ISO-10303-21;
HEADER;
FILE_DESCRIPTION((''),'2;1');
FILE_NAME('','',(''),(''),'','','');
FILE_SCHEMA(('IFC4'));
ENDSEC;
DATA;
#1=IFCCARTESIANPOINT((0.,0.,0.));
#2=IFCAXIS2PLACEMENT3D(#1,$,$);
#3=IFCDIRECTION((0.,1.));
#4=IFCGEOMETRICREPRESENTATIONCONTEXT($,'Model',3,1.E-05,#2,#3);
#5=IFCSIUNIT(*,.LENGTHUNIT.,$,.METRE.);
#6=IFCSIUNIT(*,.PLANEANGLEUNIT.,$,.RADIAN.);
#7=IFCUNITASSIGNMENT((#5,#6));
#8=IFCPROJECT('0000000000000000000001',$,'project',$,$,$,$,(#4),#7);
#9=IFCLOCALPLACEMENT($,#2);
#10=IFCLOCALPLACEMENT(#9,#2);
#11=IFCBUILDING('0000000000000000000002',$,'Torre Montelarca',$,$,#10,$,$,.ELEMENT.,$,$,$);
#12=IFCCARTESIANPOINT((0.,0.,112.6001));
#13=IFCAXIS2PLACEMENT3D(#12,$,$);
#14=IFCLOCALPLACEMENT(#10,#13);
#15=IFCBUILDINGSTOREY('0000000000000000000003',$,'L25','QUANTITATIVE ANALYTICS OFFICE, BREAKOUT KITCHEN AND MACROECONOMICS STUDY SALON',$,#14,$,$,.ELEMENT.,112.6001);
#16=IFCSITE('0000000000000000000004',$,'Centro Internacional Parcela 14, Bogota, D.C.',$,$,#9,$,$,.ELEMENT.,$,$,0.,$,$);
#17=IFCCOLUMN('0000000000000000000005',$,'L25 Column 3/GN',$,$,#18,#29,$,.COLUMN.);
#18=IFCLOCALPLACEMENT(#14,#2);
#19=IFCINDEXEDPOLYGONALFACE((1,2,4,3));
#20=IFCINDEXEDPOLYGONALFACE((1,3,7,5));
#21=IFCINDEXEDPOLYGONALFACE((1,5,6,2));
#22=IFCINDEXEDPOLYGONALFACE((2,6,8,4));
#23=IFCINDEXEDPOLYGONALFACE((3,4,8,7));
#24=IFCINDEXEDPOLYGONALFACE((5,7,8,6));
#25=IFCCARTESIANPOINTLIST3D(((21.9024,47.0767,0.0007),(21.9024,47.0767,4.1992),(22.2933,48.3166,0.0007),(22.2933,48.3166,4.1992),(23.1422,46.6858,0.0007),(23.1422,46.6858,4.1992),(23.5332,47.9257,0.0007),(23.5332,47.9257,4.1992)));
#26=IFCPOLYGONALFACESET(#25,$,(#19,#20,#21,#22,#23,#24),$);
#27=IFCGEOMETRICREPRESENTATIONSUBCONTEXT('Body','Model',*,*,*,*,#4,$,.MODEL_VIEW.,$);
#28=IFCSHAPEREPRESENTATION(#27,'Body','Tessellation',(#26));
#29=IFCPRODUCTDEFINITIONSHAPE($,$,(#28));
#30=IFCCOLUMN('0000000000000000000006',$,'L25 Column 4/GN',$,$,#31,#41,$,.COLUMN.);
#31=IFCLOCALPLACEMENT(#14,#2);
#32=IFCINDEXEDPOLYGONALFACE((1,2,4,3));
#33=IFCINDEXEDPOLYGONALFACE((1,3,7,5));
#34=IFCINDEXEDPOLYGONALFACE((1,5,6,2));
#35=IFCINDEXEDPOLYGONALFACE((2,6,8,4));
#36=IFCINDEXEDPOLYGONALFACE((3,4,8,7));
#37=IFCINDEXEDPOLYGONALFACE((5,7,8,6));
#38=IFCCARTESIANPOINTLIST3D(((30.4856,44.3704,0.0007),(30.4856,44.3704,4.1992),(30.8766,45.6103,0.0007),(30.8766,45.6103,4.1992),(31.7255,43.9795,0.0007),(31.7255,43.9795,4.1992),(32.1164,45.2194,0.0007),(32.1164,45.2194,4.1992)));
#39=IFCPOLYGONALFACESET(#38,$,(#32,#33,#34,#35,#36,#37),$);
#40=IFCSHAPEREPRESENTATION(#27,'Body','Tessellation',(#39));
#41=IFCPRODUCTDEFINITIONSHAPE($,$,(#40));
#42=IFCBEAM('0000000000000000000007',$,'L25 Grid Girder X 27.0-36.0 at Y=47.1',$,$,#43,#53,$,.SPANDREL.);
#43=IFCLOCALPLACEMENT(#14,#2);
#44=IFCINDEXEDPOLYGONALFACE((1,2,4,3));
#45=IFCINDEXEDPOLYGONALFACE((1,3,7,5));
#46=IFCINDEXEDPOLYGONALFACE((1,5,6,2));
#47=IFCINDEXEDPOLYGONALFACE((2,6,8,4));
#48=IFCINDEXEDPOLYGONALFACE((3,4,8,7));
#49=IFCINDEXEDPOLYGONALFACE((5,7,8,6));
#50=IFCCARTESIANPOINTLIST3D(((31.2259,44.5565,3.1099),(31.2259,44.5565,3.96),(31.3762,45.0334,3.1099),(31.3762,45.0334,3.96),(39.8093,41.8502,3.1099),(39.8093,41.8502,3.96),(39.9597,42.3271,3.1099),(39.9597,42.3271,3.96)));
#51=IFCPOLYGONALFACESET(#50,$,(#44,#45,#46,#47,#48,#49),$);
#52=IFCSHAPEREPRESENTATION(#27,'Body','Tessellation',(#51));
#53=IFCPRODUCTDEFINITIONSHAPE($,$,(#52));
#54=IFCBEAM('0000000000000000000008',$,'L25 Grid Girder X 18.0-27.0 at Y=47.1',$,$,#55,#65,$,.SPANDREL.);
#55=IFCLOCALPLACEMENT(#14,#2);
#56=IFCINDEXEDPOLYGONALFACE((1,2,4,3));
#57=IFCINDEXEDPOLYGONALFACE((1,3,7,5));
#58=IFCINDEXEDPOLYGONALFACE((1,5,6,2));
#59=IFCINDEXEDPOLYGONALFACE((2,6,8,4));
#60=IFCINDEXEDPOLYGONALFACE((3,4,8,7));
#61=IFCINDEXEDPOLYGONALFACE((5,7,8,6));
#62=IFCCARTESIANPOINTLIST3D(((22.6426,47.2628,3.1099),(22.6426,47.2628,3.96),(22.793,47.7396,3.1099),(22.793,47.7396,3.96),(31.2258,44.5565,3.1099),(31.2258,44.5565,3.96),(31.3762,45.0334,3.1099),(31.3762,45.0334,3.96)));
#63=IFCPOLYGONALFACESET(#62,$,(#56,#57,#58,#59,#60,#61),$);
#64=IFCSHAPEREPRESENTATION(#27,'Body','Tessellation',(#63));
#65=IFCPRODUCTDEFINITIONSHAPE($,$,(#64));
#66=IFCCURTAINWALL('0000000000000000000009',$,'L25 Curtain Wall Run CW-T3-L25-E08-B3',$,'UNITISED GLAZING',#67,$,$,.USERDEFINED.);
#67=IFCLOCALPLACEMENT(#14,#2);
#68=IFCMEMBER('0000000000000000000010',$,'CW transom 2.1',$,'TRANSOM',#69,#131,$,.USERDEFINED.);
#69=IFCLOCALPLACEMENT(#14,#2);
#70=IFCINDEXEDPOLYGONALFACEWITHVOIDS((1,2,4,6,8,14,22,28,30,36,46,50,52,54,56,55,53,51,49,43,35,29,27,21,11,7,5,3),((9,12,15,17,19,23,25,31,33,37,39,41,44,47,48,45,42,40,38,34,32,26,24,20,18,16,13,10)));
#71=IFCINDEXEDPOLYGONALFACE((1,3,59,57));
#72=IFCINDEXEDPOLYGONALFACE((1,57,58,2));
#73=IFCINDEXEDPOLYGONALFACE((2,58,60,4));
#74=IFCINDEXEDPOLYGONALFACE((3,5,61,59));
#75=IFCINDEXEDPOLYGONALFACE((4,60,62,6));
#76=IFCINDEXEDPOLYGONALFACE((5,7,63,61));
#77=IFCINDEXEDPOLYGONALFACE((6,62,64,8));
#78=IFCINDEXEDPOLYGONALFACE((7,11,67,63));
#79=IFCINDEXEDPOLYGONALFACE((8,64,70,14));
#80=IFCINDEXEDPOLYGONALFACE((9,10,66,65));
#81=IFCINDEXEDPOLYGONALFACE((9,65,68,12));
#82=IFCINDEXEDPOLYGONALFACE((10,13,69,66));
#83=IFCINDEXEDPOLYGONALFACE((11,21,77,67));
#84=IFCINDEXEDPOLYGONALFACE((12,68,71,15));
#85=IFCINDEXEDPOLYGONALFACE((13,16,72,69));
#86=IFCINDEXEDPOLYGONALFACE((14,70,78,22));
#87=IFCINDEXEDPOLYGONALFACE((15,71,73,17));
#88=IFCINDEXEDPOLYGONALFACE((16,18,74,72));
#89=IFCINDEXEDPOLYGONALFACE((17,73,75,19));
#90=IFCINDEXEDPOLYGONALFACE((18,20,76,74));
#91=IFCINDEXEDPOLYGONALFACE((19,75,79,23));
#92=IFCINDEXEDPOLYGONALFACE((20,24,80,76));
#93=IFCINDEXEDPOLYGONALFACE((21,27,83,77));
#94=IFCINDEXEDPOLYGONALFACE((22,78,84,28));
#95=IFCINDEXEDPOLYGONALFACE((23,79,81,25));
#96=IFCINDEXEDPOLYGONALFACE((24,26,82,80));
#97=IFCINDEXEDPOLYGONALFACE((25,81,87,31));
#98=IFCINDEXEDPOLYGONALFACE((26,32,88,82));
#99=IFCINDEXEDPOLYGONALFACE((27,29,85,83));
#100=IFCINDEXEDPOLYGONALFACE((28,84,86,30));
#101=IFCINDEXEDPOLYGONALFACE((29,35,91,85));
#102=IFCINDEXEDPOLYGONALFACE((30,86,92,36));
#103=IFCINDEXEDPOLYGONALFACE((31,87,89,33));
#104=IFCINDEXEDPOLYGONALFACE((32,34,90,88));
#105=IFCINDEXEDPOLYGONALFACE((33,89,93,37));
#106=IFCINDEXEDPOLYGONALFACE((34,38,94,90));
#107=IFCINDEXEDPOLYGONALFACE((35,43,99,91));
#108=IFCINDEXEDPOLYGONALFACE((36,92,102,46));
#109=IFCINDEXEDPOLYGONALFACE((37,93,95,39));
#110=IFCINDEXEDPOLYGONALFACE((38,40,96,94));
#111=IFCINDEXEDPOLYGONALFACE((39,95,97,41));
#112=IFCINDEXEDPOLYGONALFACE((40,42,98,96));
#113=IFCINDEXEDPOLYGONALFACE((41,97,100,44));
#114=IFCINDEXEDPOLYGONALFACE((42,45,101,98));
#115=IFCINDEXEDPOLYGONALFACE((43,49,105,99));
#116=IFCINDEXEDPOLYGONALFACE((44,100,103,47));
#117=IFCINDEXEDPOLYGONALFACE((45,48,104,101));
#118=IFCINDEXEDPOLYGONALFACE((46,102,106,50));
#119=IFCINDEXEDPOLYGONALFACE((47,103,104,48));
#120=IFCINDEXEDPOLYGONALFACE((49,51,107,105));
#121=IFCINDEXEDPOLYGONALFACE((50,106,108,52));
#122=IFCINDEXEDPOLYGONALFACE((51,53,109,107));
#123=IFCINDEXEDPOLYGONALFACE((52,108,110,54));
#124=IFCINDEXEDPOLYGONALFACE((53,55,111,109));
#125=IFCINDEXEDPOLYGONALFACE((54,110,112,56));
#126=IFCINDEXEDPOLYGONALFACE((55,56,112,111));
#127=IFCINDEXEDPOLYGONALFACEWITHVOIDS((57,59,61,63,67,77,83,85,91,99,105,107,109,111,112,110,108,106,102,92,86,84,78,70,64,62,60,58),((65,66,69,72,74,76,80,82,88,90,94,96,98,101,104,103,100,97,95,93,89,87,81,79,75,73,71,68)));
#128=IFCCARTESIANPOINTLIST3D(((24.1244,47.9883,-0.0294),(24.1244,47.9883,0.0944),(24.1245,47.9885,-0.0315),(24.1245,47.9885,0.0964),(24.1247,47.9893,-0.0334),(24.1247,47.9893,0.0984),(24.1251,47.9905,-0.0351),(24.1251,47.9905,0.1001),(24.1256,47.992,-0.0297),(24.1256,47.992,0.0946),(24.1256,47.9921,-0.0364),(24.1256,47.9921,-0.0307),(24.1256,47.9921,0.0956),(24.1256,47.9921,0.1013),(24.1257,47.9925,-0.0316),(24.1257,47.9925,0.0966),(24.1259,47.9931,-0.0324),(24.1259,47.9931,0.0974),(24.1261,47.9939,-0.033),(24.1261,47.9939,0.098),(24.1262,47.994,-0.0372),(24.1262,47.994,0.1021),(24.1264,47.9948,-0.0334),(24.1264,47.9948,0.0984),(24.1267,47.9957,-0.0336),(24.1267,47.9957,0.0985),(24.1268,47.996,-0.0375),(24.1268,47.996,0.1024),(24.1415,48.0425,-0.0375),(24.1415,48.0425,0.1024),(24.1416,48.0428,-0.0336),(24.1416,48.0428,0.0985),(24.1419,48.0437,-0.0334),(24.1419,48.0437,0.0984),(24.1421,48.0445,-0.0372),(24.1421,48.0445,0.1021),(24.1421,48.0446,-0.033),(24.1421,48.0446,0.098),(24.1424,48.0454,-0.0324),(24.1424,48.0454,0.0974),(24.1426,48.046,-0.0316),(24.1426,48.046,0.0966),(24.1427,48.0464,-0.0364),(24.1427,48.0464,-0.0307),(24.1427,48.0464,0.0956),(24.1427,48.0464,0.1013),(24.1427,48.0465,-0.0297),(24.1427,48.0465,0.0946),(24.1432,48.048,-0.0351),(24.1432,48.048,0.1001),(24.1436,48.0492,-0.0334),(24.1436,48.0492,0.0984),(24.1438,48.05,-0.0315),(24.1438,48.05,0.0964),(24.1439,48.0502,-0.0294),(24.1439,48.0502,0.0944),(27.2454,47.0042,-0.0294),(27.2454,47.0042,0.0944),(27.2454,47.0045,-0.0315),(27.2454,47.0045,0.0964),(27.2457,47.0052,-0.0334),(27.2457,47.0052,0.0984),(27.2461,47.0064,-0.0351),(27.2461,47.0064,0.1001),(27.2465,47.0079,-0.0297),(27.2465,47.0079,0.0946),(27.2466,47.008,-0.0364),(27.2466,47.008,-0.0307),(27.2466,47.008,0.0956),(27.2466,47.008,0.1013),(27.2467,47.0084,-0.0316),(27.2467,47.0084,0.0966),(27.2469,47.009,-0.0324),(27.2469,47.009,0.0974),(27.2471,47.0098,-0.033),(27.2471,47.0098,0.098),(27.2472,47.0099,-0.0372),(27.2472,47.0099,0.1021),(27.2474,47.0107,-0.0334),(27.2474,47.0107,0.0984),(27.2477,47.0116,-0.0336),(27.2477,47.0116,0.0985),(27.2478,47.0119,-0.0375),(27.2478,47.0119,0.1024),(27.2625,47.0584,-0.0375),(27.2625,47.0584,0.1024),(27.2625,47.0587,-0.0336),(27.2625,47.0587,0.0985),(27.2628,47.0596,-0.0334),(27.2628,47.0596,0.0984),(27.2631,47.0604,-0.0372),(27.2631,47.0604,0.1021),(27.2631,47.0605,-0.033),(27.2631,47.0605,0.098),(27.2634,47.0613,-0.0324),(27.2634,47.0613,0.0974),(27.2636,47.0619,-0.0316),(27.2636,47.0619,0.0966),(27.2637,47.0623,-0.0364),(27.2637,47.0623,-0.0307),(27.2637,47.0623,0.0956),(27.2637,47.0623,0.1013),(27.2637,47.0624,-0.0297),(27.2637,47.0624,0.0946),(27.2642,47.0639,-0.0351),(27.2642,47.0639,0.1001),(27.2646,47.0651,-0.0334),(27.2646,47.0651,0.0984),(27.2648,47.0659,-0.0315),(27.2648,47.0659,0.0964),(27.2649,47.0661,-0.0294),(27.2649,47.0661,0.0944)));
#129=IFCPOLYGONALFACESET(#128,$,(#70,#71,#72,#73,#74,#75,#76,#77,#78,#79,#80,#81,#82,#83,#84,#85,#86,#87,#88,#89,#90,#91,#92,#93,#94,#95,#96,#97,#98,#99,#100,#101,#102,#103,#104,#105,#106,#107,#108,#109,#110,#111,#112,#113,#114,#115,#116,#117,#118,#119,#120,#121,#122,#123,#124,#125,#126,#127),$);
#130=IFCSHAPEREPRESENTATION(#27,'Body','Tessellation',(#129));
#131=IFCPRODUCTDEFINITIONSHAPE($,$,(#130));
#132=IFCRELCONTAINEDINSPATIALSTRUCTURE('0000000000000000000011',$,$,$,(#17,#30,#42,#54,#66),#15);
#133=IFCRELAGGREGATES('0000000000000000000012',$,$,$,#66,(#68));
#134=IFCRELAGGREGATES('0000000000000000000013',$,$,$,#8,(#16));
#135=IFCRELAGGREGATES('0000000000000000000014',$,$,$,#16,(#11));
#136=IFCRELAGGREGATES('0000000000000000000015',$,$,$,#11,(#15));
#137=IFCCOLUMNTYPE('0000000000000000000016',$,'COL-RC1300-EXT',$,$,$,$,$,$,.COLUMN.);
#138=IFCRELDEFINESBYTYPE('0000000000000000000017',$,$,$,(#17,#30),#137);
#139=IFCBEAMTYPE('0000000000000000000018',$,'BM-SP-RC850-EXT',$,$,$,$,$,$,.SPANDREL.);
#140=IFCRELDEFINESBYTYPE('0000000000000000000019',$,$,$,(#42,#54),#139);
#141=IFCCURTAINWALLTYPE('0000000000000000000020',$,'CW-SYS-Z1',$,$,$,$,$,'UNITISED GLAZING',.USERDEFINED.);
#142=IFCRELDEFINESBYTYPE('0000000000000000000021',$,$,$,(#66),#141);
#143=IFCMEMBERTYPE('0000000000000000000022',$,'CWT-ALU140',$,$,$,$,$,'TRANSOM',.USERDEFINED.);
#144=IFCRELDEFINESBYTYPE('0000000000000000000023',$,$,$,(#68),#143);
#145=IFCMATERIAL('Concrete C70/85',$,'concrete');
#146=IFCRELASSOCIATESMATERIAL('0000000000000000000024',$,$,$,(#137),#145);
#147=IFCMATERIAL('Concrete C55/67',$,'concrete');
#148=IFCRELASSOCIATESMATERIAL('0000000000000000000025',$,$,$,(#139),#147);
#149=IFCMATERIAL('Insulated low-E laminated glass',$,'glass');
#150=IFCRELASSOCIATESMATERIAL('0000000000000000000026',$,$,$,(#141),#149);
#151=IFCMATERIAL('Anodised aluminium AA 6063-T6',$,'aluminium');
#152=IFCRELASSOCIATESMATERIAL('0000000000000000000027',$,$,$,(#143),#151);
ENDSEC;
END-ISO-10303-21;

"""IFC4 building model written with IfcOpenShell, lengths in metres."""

from ifc_helpers import new_model, si_unit, direction, frame, origin, origin_2d, place, context, subcontext, project, spatial, rectangle, hollow_rectangle, extrude, source, transform, mapped, material, material_profile, profile_set, type_object, element, aggregate, save


model = new_model("IFC4")

# Units and contexts
model_context = context("Model", 3, precision=1e-05, world=origin(), true_north=direction((0.0, 1.0)))
body_context = subcontext(model_context, "Body", "Model", "MODEL_VIEW")
ifc_project = project(units=[si_unit("LENGTHUNIT", "METRE"), si_unit("PLANEANGLEUNIT", "RADIAN")], contexts=[model_context])

# Site, building, storey
site_placement = place(None, origin())
site = spatial("IfcSite", under=ifc_project, at=site_placement, Name="Centro Internacional Parcela 14, Bogota, D.C.", CompositionType="ELEMENT", RefElevation=0.0)
building_placement = place(site_placement, origin())
building = spatial("IfcBuilding", under=site, at=building_placement, Name="Torre Montelarca", CompositionType="ELEMENT")
storey_placement = place(building_placement, frame((0.0, 0.0, 112.6001)))
storey = spatial("IfcBuildingStorey", under=building, at=storey_placement, Name="L25", Description="QUANTITATIVE ANALYTICS OFFICE, BREAKOUT KITCHEN AND MACROECONOMICS STUDY SALON", CompositionType="ELEMENT", Elevation=112.6001)

# Columns
ifc_material_1 = material(Name="Concrete C70/85", Category="concrete")
ifc_material_profile_1 = material_profile(ifc_material_1, rectangle(XDim=1.3, YDim=1.3, at=origin_2d()), Name="RC1300X1300", Category="concrete")
ifc_profile_set_1 = profile_set([ifc_material_profile_1], Name="Concrete C70/85")
column_type = type_object("IfcColumnType", Name="COL-RC1300-EXT", PredefinedType="COLUMN", material=ifc_profile_set_1)
shared_shape_1 = source(origin(), body_context, "Body", "SweptSolid", [
    extrude(rectangle(XDim=1.3, YDim=1.3, at=origin_2d()), origin(), (0.0, 0.0, 1.0), 4.1985),
])
for number, where, z_axis, x_axis, name in (
    (1, (22.7178, 47.5012, 0.0007), (0.0, 0.0, 1.0), (-0.953717, 0.300706, 0.0), "L25 Column 3/GN"),
    (2, (31.301, 44.7949, 0.0007), (0.0, 0.0, 1.0), (-0.953717, 0.300706, 0.0), "L25 Column 4/GN"),
):
    element("IfcColumn", number, at=place(storey_placement, frame(where, z_axis=z_axis, x_axis=x_axis)), inside=storey, type_object=column_type, Name=name, PredefinedType="COLUMN", context=body_context, shape_type="MappedRepresentation", body=[
        mapped(shared_shape_1, transform((0.0, 0.0, 0.0), scale=1.0)),
    ])

# Beams
ifc_material_2 = material(Name="Concrete C55/67", Category="concrete")
ifc_material_profile_2 = material_profile(ifc_material_2, rectangle(XDim=0.5, YDim=0.8501, at=origin_2d()), Name="RCB500X850", Category="concrete")
ifc_profile_set_2 = profile_set([ifc_material_profile_2], Name="Concrete C55/67")
beam_type = type_object("IfcBeamType", Name="BM-SP-RC850-EXT", PredefinedType="SPANDREL", material=ifc_profile_set_2)
shared_shape_2 = source(origin(), body_context, "Body", "SweptSolid", [
    extrude(rectangle(XDim=0.5, YDim=0.8501, at=origin_2d()), origin(), (0.0, 0.0, 1.0), 9.0),
])
beam_1_placement = place(storey_placement, frame((31.301, 44.7949, 3.5349), z_axis=(0.953719, -0.300699, 0.0), x_axis=(0.300699, 0.953719, 0.0)))
element("IfcBeam", 3, at=beam_1_placement, inside=storey, type_object=beam_type, Name="L25 Grid Girder X 27.0-36.0 at Y=47.1", PredefinedType="SPANDREL", context=body_context, shape_type="MappedRepresentation", body=[
    mapped(shared_shape_2, transform((0.0, 0.0, 0.0), scale=1.0)),
])
shared_shape_3 = source(origin(), body_context, "Body", "SweptSolid", [
    extrude(rectangle(XDim=0.5, YDim=0.8501, at=origin_2d()), origin(), (0.0, 0.0, 1.0), 8.9998),
])
beam_2_placement = place(storey_placement, frame((22.7178, 47.5012, 3.5349), z_axis=(0.953717, -0.300707, 0.0), x_axis=(0.300707, 0.953717, 0.0)))
element("IfcBeam", 4, at=beam_2_placement, inside=storey, type_object=beam_type, Name="L25 Grid Girder X 18.0-27.0 at Y=47.1", PredefinedType="SPANDREL", context=body_context, shape_type="MappedRepresentation", body=[
    mapped(shared_shape_3, transform((0.0, 0.0, 0.0), scale=1.0)),
])

# Curtain wall, member
ifc_material_3 = material(Name="Insulated low-E laminated glass", Category="glass")
curtain_wall_type = type_object("IfcCurtainWallType", Name="CW-SYS-Z1", ElementType="UNITISED GLAZING", PredefinedType="USERDEFINED", material=ifc_material_3)
curtain_wall_1_placement = place(storey_placement, origin())
curtain_wall_1 = element("IfcCurtainWall", 5, at=curtain_wall_1_placement, inside=storey, type_object=curtain_wall_type, Name="L25 Curtain Wall Run CW-T3-L25-E08-B3", ObjectType="UNITISED GLAZING", PredefinedType="USERDEFINED")
ifc_material_4 = material(Name="Anodised aluminium AA 6063-T6", Category="aluminium")
ifc_material_profile_3 = material_profile(ifc_material_4, hollow_rectangle(XDim=0.0649, YDim=0.1399, WallThickness=0.0039, InnerFilletRadius=0.0039, OuterFilletRadius=0.0081, at=origin_2d()), Name="ALU65X140X4", Category="aluminium")
ifc_profile_set_3 = profile_set([ifc_material_profile_3], Name="Anodised aluminium AA 6063-T6")
member_type_1 = type_object("IfcMemberType", Name="CWT-ALU140", ElementType="TRANSOM", PredefinedType="USERDEFINED", material=ifc_profile_set_3)
shared_shape_4 = source(origin(), body_context, "Body", "SweptSolid", [
    extrude(hollow_rectangle(XDim=0.0649, YDim=0.1399, WallThickness=0.0039, InnerFilletRadius=0.0039, OuterFilletRadius=0.0081, at=origin_2d()), origin(), (0.0, 0.0, 1.0), 3.2725),
])
member_1_placement = place(storey_placement, frame((27.2551, 47.0352, 0.0325), z_axis=(-0.953712, 0.300721, 0.0), x_axis=(-0.300721, -0.953712, 0.0)))
member_1 = element("IfcMember", 6, at=member_1_placement, type_object=member_type_1, Name="CW transom 2.1", ObjectType="TRANSOM", PredefinedType="USERDEFINED", context=body_context, shape_type="MappedRepresentation", body=[
    mapped(shared_shape_4, transform((0.0, 0.0, 0.0), scale=1.0)),
])

aggregate(curtain_wall_1, [member_1])

save(model, "model.ifc")
